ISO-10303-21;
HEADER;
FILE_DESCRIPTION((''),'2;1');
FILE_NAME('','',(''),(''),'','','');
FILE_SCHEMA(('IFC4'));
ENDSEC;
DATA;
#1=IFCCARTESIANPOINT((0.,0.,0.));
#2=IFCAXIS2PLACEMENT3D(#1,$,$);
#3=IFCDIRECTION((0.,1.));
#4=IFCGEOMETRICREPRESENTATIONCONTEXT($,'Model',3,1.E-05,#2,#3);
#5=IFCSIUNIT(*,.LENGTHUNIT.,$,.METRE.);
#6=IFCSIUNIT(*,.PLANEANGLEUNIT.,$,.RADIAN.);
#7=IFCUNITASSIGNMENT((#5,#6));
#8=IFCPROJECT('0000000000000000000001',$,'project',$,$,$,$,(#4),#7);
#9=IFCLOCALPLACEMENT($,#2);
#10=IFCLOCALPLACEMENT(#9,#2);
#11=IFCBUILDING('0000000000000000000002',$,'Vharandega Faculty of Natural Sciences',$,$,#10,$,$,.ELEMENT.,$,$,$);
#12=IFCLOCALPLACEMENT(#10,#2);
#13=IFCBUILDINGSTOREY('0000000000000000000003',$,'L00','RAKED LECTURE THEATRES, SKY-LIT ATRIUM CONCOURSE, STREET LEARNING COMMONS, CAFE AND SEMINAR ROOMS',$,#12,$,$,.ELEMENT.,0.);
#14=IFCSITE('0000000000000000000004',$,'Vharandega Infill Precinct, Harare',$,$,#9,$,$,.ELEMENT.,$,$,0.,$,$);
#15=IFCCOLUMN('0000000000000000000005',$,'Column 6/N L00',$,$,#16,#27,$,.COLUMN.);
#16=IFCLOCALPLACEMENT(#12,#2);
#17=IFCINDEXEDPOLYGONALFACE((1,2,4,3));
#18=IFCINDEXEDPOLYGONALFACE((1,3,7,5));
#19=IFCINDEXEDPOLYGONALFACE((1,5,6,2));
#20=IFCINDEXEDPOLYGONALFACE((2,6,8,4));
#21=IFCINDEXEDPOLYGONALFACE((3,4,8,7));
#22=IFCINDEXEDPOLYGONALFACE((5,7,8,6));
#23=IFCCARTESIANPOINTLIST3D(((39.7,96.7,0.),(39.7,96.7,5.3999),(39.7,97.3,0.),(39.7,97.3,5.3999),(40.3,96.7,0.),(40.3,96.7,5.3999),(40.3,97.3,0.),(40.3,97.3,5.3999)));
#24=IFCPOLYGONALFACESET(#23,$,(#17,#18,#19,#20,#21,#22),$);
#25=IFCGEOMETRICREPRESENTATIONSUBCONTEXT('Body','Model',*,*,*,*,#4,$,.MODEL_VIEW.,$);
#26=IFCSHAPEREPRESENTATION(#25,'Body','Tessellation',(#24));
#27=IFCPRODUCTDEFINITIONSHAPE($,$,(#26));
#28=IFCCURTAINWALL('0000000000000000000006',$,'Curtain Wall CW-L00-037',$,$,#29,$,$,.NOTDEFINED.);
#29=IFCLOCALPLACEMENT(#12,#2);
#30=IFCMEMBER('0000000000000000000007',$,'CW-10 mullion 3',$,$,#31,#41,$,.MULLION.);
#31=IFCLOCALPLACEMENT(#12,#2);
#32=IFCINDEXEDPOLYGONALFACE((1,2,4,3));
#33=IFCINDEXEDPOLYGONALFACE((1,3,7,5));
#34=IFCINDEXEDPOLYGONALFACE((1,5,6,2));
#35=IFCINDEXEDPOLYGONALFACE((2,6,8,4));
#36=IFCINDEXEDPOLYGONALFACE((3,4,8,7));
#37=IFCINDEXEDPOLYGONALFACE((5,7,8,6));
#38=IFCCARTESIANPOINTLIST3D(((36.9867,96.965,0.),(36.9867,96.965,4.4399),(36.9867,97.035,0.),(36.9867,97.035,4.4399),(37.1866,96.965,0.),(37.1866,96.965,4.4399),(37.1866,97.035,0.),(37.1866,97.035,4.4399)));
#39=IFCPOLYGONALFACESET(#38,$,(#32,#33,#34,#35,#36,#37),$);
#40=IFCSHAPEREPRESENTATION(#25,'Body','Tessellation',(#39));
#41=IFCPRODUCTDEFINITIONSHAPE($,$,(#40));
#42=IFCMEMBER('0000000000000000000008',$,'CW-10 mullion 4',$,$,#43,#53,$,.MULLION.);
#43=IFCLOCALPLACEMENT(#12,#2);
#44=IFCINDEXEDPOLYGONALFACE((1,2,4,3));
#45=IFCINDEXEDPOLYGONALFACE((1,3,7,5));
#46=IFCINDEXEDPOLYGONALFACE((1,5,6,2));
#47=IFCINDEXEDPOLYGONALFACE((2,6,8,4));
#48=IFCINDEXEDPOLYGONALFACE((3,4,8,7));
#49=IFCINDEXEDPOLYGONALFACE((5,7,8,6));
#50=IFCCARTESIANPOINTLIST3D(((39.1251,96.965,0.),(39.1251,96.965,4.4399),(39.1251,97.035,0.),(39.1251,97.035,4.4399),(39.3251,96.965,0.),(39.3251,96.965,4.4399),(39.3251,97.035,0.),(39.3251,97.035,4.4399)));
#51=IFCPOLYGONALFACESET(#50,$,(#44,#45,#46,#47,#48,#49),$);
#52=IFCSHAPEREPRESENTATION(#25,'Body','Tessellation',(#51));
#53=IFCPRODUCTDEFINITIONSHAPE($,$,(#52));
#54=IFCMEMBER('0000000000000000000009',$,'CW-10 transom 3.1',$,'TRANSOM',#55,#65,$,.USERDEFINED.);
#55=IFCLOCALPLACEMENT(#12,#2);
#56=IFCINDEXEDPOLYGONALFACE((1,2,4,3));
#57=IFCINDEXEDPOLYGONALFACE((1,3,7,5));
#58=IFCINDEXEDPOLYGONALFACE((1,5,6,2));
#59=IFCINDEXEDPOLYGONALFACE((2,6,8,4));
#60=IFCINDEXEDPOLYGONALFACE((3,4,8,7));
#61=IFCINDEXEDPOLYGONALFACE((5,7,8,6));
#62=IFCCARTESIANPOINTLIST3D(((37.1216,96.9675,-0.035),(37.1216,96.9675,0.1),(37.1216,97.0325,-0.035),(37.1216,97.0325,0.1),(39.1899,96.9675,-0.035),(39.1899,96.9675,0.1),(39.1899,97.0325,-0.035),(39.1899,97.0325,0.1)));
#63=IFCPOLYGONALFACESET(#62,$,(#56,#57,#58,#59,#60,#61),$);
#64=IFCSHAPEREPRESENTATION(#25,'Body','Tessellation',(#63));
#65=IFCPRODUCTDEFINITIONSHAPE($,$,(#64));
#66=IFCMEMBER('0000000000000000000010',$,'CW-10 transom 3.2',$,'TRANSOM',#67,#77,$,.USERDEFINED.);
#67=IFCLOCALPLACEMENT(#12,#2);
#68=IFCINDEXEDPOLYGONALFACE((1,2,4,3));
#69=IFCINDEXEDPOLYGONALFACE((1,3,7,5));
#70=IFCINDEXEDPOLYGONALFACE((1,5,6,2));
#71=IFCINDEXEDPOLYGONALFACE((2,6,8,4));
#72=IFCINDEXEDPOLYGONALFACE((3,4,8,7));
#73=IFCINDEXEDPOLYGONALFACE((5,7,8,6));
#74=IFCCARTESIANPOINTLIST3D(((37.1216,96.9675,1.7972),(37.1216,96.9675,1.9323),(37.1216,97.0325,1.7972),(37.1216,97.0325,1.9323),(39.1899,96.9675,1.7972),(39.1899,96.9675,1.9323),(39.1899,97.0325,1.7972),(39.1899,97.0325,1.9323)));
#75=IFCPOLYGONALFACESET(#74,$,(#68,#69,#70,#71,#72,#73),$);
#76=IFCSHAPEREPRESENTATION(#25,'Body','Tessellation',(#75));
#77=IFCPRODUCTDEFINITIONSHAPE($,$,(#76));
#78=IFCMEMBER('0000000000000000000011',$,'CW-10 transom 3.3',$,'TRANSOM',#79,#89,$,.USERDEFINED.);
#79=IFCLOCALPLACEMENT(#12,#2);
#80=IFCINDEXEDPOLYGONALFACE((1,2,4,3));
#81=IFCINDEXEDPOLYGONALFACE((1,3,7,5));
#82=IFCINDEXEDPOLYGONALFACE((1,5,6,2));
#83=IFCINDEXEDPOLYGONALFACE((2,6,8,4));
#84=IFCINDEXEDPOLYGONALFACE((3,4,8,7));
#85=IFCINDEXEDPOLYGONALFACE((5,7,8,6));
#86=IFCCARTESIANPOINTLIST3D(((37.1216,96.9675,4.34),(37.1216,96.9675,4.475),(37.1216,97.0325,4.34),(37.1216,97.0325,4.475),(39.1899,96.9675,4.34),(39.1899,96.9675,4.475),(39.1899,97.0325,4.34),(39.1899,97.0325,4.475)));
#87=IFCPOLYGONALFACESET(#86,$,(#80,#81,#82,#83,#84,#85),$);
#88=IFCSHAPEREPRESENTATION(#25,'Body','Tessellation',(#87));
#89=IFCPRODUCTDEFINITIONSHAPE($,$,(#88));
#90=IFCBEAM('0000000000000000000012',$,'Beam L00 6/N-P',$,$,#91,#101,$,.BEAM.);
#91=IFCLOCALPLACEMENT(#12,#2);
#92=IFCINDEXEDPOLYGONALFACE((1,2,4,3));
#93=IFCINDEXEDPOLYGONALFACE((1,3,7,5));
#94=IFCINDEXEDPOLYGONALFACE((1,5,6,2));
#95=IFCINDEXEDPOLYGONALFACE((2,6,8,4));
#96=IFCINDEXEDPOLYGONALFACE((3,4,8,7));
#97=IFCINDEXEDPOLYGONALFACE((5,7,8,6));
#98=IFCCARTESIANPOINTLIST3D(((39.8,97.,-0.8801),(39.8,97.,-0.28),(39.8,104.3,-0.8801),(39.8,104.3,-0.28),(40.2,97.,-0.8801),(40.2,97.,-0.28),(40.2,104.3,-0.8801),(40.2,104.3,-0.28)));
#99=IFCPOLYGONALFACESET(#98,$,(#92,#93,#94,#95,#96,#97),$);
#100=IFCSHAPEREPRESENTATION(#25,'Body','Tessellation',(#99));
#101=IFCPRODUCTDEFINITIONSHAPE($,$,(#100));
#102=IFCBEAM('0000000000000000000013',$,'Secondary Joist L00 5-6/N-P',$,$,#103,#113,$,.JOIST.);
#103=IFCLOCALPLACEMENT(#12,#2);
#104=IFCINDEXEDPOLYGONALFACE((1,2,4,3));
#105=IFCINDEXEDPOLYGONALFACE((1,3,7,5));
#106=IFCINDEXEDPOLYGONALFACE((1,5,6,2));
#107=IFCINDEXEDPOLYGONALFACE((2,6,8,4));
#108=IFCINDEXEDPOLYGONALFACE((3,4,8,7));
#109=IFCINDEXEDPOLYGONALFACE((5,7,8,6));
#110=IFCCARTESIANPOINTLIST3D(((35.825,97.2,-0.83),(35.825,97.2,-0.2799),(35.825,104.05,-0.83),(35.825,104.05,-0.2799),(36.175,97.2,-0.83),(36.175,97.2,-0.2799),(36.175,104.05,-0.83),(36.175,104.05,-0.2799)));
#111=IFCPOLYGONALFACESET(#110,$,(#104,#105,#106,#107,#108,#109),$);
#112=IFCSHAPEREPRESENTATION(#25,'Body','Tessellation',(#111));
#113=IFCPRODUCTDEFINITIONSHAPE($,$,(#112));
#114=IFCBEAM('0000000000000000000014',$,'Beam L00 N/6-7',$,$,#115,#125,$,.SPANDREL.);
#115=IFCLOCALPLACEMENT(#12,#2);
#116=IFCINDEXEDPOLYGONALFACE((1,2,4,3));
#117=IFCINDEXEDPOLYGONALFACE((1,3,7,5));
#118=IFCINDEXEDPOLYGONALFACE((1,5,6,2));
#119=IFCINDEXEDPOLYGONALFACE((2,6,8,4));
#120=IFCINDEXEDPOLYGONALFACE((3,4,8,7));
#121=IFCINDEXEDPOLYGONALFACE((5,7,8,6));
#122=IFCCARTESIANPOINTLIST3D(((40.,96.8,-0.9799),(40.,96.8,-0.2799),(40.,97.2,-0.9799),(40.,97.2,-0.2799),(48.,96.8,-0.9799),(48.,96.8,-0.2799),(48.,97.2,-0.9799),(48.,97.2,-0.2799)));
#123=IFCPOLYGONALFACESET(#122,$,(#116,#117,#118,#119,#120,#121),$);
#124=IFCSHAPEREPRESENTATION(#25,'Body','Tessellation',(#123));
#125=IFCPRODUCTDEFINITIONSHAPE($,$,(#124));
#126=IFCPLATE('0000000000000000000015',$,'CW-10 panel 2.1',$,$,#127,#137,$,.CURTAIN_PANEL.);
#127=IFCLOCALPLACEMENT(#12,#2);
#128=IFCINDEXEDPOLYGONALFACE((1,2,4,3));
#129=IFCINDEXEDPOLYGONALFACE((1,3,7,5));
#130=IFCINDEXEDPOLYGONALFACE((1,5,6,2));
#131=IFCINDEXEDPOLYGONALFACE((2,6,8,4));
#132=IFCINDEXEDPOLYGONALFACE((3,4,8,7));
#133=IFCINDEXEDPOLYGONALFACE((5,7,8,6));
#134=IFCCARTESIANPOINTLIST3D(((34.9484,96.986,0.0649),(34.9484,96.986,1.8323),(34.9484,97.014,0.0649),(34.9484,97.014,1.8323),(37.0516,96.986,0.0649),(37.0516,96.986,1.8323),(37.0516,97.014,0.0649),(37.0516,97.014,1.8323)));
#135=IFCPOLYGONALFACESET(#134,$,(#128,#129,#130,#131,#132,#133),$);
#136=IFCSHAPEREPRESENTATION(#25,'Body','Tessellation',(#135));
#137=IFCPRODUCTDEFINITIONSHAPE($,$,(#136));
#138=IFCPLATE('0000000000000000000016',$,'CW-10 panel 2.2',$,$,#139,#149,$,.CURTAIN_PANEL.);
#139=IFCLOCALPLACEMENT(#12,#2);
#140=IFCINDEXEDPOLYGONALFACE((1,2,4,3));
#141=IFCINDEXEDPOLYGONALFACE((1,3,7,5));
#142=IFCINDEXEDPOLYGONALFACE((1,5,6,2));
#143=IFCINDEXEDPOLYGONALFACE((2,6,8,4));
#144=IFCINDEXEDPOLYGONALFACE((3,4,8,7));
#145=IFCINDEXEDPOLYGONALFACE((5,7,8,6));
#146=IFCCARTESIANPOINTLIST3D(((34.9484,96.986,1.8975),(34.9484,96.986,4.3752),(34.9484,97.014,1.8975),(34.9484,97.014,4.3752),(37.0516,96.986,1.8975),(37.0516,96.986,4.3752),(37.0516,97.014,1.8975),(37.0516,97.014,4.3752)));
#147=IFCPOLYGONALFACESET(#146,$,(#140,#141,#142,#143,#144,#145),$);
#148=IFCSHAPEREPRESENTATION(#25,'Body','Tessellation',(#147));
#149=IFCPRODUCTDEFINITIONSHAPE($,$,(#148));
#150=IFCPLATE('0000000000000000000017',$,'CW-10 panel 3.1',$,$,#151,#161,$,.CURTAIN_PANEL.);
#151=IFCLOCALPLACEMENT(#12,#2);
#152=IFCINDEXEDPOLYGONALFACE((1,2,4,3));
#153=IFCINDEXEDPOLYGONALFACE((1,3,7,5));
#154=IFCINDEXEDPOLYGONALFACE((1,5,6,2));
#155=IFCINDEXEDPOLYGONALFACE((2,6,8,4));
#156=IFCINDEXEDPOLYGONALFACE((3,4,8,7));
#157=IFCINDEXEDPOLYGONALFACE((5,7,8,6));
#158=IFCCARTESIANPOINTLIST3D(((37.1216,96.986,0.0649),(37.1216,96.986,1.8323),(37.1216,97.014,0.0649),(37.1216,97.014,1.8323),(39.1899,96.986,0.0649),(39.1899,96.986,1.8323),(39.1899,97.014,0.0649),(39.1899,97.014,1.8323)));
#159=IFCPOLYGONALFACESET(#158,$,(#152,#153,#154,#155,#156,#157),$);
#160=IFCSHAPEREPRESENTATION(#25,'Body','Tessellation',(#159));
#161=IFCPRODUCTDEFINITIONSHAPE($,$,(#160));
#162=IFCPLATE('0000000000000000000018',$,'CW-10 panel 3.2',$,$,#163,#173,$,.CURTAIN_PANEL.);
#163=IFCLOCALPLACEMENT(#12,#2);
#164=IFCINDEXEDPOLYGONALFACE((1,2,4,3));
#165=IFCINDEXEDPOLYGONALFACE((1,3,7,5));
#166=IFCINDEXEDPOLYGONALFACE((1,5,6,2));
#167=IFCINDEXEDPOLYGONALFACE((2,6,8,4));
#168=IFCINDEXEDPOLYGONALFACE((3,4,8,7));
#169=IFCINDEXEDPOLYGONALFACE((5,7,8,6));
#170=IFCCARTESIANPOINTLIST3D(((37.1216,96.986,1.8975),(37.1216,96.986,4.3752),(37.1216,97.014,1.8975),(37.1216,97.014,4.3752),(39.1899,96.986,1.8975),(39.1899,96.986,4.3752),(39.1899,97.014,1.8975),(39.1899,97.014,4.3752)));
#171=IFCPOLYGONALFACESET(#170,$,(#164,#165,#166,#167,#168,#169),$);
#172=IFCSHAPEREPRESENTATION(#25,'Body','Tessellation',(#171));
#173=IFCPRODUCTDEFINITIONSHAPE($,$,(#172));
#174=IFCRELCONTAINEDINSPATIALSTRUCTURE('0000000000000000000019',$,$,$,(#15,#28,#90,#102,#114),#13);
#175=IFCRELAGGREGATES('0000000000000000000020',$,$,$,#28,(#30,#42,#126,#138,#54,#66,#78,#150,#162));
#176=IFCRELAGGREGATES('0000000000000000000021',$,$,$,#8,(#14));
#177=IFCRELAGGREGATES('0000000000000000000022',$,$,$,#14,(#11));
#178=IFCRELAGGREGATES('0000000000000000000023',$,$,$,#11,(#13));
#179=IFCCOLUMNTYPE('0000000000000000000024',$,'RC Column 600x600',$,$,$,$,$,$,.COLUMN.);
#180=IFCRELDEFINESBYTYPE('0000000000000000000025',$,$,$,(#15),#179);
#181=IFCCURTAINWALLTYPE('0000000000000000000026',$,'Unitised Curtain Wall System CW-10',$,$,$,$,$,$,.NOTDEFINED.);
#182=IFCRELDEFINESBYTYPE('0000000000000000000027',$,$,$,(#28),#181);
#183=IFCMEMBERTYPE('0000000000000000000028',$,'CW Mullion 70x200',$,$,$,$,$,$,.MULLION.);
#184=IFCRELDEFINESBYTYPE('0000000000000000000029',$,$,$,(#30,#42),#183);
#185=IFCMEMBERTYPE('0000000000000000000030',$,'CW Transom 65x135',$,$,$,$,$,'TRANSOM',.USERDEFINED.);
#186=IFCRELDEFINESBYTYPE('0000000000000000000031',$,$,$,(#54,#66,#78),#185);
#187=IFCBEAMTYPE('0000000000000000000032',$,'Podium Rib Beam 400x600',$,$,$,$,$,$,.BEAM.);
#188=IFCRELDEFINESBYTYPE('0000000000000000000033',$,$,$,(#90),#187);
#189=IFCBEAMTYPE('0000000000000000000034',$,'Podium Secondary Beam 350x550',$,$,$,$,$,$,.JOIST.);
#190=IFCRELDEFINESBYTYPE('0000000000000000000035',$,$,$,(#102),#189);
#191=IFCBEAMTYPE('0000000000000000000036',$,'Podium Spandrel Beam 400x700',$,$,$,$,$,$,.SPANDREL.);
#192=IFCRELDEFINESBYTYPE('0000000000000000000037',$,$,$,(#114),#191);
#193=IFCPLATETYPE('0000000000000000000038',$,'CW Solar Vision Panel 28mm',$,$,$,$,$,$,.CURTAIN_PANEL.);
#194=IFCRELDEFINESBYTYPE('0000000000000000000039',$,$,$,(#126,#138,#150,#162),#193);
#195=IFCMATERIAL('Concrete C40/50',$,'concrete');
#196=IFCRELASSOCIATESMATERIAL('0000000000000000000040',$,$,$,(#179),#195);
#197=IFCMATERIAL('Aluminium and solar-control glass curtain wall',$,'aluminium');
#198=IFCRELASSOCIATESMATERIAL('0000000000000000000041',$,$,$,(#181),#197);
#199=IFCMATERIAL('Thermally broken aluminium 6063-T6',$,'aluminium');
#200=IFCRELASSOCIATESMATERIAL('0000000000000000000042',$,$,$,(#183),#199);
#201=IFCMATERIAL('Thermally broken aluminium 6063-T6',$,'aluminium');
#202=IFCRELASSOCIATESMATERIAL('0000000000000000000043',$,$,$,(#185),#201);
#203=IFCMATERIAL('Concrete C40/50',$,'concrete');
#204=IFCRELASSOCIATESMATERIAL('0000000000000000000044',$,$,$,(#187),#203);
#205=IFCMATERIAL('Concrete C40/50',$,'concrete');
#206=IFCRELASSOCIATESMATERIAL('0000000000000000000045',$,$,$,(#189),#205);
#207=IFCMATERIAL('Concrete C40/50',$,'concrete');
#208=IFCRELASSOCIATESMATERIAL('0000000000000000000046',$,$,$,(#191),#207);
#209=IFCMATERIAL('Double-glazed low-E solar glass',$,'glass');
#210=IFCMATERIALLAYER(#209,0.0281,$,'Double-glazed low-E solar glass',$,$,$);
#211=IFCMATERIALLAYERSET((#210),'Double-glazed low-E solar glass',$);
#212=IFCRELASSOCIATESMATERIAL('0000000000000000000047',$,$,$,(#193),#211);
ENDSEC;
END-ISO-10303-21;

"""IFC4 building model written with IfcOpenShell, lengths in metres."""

from ifc_helpers import new_model, si_unit, direction, frame, origin, origin_2d, place, context, subcontext, project, spatial, rectangle, extrude, material, layer, layer_set, material_profile, profile_set, type_object, element, aggregate, save


model = new_model("IFC4")

# Units and contexts
model_context = context("Model", 3, precision=1e-05, world=origin(), true_north=direction((0.0, 1.0)))
body_context = subcontext(model_context, "Body", "Model", "MODEL_VIEW")
ifc_project = project(units=[si_unit("LENGTHUNIT", "METRE"), si_unit("PLANEANGLEUNIT", "RADIAN")], contexts=[model_context])

# Site, building, storey
site_placement = place(None, origin())
site = spatial("IfcSite", under=ifc_project, at=site_placement, Name="Vharandega Infill Precinct, Harare", CompositionType="ELEMENT", RefElevation=0.0)
building_placement = place(site_placement, origin())
building = spatial("IfcBuilding", under=site, at=building_placement, Name="Vharandega Faculty of Natural Sciences", CompositionType="ELEMENT")
storey_placement = place(building_placement, origin())
storey = spatial("IfcBuildingStorey", under=building, at=storey_placement, Name="L00", Description="RAKED LECTURE THEATRES, SKY-LIT ATRIUM CONCOURSE, STREET LEARNING COMMONS, CAFE AND SEMINAR ROOMS", CompositionType="ELEMENT", Elevation=0.0)

# Column
ifc_material_1 = material(Name="Concrete C40/50", Category="concrete")
ifc_material_profile_1 = material_profile(ifc_material_1, rectangle(XDim=0.6001, YDim=0.6001, at=origin_2d()), Name="RC 600x600")
ifc_profile_set_1 = profile_set([ifc_material_profile_1], Name="Concrete C40/50")
column_type = type_object("IfcColumnType", Name="RC Column 600x600", PredefinedType="COLUMN", material=ifc_profile_set_1)
column_placement = place(storey_placement, frame((40.0, 97.0, 0.0), z_axis=(0.0, 0.0, 1.0), x_axis=(1.0, 0.0, 0.0)))
element("IfcColumn", 1, at=column_placement, inside=storey, type_object=column_type, Name="Column 6/N L00", PredefinedType="COLUMN", context=body_context, shape_type="SweptSolid", body=[
    extrude(rectangle(XDim=0.6001, YDim=0.6001, at=origin_2d()), origin(), (0.0, 0.0, 1.0), 5.3999),
])

# Curtain wall, members
ifc_material_2 = material(Name="Aluminium and solar-control glass curtain wall", Category="aluminium")
curtain_wall_type = type_object("IfcCurtainWallType", Name="Unitised Curtain Wall System CW-10", PredefinedType="NOTDEFINED", material=ifc_material_2)
curtain_wall_placement = place(storey_placement, origin())
curtain_wall = element("IfcCurtainWall", 2, at=curtain_wall_placement, inside=storey, type_object=curtain_wall_type, Name="Curtain Wall CW-L00-037", PredefinedType="NOTDEFINED")
ifc_material_3 = material(Name="Thermally broken aluminium 6063-T6", Category="aluminium")
ifc_material_profile_2 = material_profile(ifc_material_3, rectangle(XDim=0.0701, YDim=0.2, at=origin_2d()), Name="ALU 70x200")
ifc_profile_set_2 = profile_set([ifc_material_profile_2], Name="Thermally broken aluminium 6063-T6")
member_type_1 = type_object("IfcMemberType", Name="CW Mullion 70x200", PredefinedType="MULLION", material=ifc_profile_set_2)
member_1_placement = place(storey_placement, frame((37.0867, 97.0, 0.0), z_axis=(0.0, 0.0, 1.0), x_axis=(0.0, 1.0, 0.0)))
member_1 = element("IfcMember", 3, at=member_1_placement, type_object=member_type_1, Name="CW-10 mullion 3", PredefinedType="MULLION", context=body_context, shape_type="SweptSolid", body=[
    extrude(rectangle(XDim=0.0701, YDim=0.2, at=origin_2d()), origin(), (0.0, 0.0, 1.0), 4.4399),
])
member_2_placement = place(storey_placement, frame((39.2251, 97.0, 0.0), z_axis=(0.0, 0.0, 1.0), x_axis=(0.0, 1.0, 0.0)))
member_2 = element("IfcMember", 4, at=member_2_placement, type_object=member_type_1, Name="CW-10 mullion 4", PredefinedType="MULLION", context=body_context, shape_type="SweptSolid", body=[
    extrude(rectangle(XDim=0.0701, YDim=0.2, at=origin_2d()), origin(), (0.0, 0.0, 1.0), 4.4399),
])
ifc_material_4 = material(Name="Thermally broken aluminium 6063-T6", Category="aluminium")
ifc_material_profile_3 = material_profile(ifc_material_4, rectangle(XDim=0.0649, YDim=0.135, at=origin_2d()), Name="ALU 65x135")
ifc_profile_set_3 = profile_set([ifc_material_profile_3], Name="Thermally broken aluminium 6063-T6")
member_type_2 = type_object("IfcMemberType", Name="CW Transom 65x135", ElementType="TRANSOM", PredefinedType="USERDEFINED", material=ifc_profile_set_3)
member_3_placement = place(storey_placement, frame((37.1216, 97.0, 0.0325), z_axis=(1.0, 0.0, 0.0), x_axis=(0.0, 1.0, 0.0)))
member_3 = element("IfcMember", 5, at=member_3_placement, type_object=member_type_2, Name="CW-10 transom 3.1", ObjectType="TRANSOM", PredefinedType="USERDEFINED", context=body_context, shape_type="SweptSolid", body=[
    extrude(rectangle(XDim=0.0649, YDim=0.135, at=origin_2d()), origin(), (0.0, 0.0, 1.0), 2.0684),
])
member_4_placement = place(storey_placement, frame((37.1216, 97.0, 1.8647), z_axis=(1.0, 0.0, 0.0), x_axis=(0.0, 1.0, 0.0)))
member_4 = element("IfcMember", 6, at=member_4_placement, type_object=member_type_2, Name="CW-10 transom 3.2", ObjectType="TRANSOM", PredefinedType="USERDEFINED", context=body_context, shape_type="SweptSolid", body=[
    extrude(rectangle(XDim=0.0649, YDim=0.135, at=origin_2d()), origin(), (0.0, 0.0, 1.0), 2.0684),
])
member_5_placement = place(storey_placement, frame((37.1216, 97.0, 4.4075), z_axis=(1.0, 0.0, 0.0), x_axis=(0.0, 1.0, 0.0)))
member_5 = element("IfcMember", 7, at=member_5_placement, type_object=member_type_2, Name="CW-10 transom 3.3", ObjectType="TRANSOM", PredefinedType="USERDEFINED", context=body_context, shape_type="SweptSolid", body=[
    extrude(rectangle(XDim=0.0649, YDim=0.135, at=origin_2d()), origin(), (0.0, 0.0, 1.0), 2.0684),
])

# Beams
ifc_material_5 = material(Name="Concrete C40/50", Category="concrete")
ifc_material_profile_4 = material_profile(ifc_material_5, rectangle(XDim=0.3999, YDim=0.6001, at=origin_2d()), Name="RC 400x600")
ifc_profile_set_4 = profile_set([ifc_material_profile_4], Name="Concrete C40/50")
beam_type_1 = type_object("IfcBeamType", Name="Podium Rib Beam 400x600", PredefinedType="BEAM", material=ifc_profile_set_4)
beam_1_placement = place(storey_placement, frame((40.0, 97.0, -0.5801), z_axis=(0.0, 1.0, 0.0), x_axis=(-1.0, 0.0, 0.0)))
element("IfcBeam", 8, at=beam_1_placement, inside=storey, type_object=beam_type_1, Name="Beam L00 6/N-P", PredefinedType="BEAM", context=body_context, shape_type="SweptSolid", body=[
    extrude(rectangle(XDim=0.3999, YDim=0.6001, at=origin_2d()), origin(), (0.0, 0.0, 1.0), 7.3),
])
ifc_material_6 = material(Name="Concrete C40/50", Category="concrete")
ifc_material_profile_5 = material_profile(ifc_material_6, rectangle(XDim=0.3501, YDim=0.55, at=origin_2d()), Name="RC 350x550")
ifc_profile_set_5 = profile_set([ifc_material_profile_5], Name="Concrete C40/50")
beam_type_2 = type_object("IfcBeamType", Name="Podium Secondary Beam 350x550", PredefinedType="JOIST", material=ifc_profile_set_5)
beam_2_placement = place(storey_placement, frame((36.0, 97.2, -0.5549), z_axis=(0.0, 1.0, 0.0), x_axis=(-1.0, 0.0, 0.0)))
element("IfcBeam", 9, at=beam_2_placement, inside=storey, type_object=beam_type_2, Name="Secondary Joist L00 5-6/N-P", PredefinedType="JOIST", context=body_context, shape_type="SweptSolid", body=[
    extrude(rectangle(XDim=0.3501, YDim=0.55, at=origin_2d()), origin(), (0.0, 0.0, 1.0), 6.8501),
])
ifc_material_7 = material(Name="Concrete C40/50", Category="concrete")
ifc_material_profile_6 = material_profile(ifc_material_7, rectangle(XDim=0.3999, YDim=0.7, at=origin_2d()), Name="RC 400x700")
ifc_profile_set_6 = profile_set([ifc_material_profile_6], Name="Concrete C40/50")
beam_type_3 = type_object("IfcBeamType", Name="Podium Spandrel Beam 400x700", PredefinedType="SPANDREL", material=ifc_profile_set_6)
beam_3_placement = place(storey_placement, frame((40.0, 97.0, -0.6299), z_axis=(1.0, 0.0, 0.0), x_axis=(0.0, 1.0, 0.0)))
element("IfcBeam", 10, at=beam_3_placement, inside=storey, type_object=beam_type_3, Name="Beam L00 N/6-7", PredefinedType="SPANDREL", context=body_context, shape_type="SweptSolid", body=[
    extrude(rectangle(XDim=0.3999, YDim=0.7, at=origin_2d()), origin(), (0.0, 0.0, 1.0), 8.0),
])

# Plates
ifc_material_8 = material(Name="Double-glazed low-E solar glass", Category="glass")
ifc_layer_1 = layer(ifc_material_8, 0.0281, Name="Double-glazed low-E solar glass")
ifc_layer_set_1 = layer_set([ifc_layer_1], Name="Double-glazed low-E solar glass")
plate_type = type_object("IfcPlateType", Name="CW Solar Vision Panel 28mm", PredefinedType="CURTAIN_PANEL", material=ifc_layer_set_1)
plate_1_placement = place(storey_placement, frame((36.0, 97.0, 0.0649), z_axis=(0.0, 0.0, 1.0), x_axis=(1.0, 0.0, 0.0)))
plate_1 = element("IfcPlate", 11, at=plate_1_placement, type_object=plate_type, Name="CW-10 panel 2.1", PredefinedType="CURTAIN_PANEL", context=body_context, shape_type="SweptSolid", body=[
    extrude(rectangle(XDim=2.1033, YDim=0.0281, at=origin_2d()), origin(), (0.0, 0.0, 1.0), 1.7673),
])
plate_2_placement = place(storey_placement, frame((36.0, 97.0, 1.8975), z_axis=(0.0, 0.0, 1.0), x_axis=(1.0, 0.0, 0.0)))
plate_2 = element("IfcPlate", 12, at=plate_2_placement, type_object=plate_type, Name="CW-10 panel 2.2", PredefinedType="CURTAIN_PANEL", context=body_context, shape_type="SweptSolid", body=[
    extrude(rectangle(XDim=2.1033, YDim=0.0281, at=origin_2d()), origin(), (0.0, 0.0, 1.0), 2.4778),
])
plate_3_placement = place(storey_placement, frame((38.1558, 97.0, 0.0649), z_axis=(0.0, 0.0, 1.0), x_axis=(1.0, 0.0, 0.0)))
plate_3 = element("IfcPlate", 13, at=plate_3_placement, type_object=plate_type, Name="CW-10 panel 3.1", PredefinedType="CURTAIN_PANEL", context=body_context, shape_type="SweptSolid", body=[
    extrude(rectangle(XDim=2.0684, YDim=0.0281, at=origin_2d()), origin(), (0.0, 0.0, 1.0), 1.7673),
])
plate_4_placement = place(storey_placement, frame((38.1558, 97.0, 1.8975), z_axis=(0.0, 0.0, 1.0), x_axis=(1.0, 0.0, 0.0)))
plate_4 = element("IfcPlate", 14, at=plate_4_placement, type_object=plate_type, Name="CW-10 panel 3.2", PredefinedType="CURTAIN_PANEL", context=body_context, shape_type="SweptSolid", body=[
    extrude(rectangle(XDim=2.0684, YDim=0.0281, at=origin_2d()), origin(), (0.0, 0.0, 1.0), 2.4778),
])
aggregate(curtain_wall, [member_1, member_2, plate_1, plate_2, member_3, member_4, member_5, plate_3, plate_4])

save(model, "model.ifc")
